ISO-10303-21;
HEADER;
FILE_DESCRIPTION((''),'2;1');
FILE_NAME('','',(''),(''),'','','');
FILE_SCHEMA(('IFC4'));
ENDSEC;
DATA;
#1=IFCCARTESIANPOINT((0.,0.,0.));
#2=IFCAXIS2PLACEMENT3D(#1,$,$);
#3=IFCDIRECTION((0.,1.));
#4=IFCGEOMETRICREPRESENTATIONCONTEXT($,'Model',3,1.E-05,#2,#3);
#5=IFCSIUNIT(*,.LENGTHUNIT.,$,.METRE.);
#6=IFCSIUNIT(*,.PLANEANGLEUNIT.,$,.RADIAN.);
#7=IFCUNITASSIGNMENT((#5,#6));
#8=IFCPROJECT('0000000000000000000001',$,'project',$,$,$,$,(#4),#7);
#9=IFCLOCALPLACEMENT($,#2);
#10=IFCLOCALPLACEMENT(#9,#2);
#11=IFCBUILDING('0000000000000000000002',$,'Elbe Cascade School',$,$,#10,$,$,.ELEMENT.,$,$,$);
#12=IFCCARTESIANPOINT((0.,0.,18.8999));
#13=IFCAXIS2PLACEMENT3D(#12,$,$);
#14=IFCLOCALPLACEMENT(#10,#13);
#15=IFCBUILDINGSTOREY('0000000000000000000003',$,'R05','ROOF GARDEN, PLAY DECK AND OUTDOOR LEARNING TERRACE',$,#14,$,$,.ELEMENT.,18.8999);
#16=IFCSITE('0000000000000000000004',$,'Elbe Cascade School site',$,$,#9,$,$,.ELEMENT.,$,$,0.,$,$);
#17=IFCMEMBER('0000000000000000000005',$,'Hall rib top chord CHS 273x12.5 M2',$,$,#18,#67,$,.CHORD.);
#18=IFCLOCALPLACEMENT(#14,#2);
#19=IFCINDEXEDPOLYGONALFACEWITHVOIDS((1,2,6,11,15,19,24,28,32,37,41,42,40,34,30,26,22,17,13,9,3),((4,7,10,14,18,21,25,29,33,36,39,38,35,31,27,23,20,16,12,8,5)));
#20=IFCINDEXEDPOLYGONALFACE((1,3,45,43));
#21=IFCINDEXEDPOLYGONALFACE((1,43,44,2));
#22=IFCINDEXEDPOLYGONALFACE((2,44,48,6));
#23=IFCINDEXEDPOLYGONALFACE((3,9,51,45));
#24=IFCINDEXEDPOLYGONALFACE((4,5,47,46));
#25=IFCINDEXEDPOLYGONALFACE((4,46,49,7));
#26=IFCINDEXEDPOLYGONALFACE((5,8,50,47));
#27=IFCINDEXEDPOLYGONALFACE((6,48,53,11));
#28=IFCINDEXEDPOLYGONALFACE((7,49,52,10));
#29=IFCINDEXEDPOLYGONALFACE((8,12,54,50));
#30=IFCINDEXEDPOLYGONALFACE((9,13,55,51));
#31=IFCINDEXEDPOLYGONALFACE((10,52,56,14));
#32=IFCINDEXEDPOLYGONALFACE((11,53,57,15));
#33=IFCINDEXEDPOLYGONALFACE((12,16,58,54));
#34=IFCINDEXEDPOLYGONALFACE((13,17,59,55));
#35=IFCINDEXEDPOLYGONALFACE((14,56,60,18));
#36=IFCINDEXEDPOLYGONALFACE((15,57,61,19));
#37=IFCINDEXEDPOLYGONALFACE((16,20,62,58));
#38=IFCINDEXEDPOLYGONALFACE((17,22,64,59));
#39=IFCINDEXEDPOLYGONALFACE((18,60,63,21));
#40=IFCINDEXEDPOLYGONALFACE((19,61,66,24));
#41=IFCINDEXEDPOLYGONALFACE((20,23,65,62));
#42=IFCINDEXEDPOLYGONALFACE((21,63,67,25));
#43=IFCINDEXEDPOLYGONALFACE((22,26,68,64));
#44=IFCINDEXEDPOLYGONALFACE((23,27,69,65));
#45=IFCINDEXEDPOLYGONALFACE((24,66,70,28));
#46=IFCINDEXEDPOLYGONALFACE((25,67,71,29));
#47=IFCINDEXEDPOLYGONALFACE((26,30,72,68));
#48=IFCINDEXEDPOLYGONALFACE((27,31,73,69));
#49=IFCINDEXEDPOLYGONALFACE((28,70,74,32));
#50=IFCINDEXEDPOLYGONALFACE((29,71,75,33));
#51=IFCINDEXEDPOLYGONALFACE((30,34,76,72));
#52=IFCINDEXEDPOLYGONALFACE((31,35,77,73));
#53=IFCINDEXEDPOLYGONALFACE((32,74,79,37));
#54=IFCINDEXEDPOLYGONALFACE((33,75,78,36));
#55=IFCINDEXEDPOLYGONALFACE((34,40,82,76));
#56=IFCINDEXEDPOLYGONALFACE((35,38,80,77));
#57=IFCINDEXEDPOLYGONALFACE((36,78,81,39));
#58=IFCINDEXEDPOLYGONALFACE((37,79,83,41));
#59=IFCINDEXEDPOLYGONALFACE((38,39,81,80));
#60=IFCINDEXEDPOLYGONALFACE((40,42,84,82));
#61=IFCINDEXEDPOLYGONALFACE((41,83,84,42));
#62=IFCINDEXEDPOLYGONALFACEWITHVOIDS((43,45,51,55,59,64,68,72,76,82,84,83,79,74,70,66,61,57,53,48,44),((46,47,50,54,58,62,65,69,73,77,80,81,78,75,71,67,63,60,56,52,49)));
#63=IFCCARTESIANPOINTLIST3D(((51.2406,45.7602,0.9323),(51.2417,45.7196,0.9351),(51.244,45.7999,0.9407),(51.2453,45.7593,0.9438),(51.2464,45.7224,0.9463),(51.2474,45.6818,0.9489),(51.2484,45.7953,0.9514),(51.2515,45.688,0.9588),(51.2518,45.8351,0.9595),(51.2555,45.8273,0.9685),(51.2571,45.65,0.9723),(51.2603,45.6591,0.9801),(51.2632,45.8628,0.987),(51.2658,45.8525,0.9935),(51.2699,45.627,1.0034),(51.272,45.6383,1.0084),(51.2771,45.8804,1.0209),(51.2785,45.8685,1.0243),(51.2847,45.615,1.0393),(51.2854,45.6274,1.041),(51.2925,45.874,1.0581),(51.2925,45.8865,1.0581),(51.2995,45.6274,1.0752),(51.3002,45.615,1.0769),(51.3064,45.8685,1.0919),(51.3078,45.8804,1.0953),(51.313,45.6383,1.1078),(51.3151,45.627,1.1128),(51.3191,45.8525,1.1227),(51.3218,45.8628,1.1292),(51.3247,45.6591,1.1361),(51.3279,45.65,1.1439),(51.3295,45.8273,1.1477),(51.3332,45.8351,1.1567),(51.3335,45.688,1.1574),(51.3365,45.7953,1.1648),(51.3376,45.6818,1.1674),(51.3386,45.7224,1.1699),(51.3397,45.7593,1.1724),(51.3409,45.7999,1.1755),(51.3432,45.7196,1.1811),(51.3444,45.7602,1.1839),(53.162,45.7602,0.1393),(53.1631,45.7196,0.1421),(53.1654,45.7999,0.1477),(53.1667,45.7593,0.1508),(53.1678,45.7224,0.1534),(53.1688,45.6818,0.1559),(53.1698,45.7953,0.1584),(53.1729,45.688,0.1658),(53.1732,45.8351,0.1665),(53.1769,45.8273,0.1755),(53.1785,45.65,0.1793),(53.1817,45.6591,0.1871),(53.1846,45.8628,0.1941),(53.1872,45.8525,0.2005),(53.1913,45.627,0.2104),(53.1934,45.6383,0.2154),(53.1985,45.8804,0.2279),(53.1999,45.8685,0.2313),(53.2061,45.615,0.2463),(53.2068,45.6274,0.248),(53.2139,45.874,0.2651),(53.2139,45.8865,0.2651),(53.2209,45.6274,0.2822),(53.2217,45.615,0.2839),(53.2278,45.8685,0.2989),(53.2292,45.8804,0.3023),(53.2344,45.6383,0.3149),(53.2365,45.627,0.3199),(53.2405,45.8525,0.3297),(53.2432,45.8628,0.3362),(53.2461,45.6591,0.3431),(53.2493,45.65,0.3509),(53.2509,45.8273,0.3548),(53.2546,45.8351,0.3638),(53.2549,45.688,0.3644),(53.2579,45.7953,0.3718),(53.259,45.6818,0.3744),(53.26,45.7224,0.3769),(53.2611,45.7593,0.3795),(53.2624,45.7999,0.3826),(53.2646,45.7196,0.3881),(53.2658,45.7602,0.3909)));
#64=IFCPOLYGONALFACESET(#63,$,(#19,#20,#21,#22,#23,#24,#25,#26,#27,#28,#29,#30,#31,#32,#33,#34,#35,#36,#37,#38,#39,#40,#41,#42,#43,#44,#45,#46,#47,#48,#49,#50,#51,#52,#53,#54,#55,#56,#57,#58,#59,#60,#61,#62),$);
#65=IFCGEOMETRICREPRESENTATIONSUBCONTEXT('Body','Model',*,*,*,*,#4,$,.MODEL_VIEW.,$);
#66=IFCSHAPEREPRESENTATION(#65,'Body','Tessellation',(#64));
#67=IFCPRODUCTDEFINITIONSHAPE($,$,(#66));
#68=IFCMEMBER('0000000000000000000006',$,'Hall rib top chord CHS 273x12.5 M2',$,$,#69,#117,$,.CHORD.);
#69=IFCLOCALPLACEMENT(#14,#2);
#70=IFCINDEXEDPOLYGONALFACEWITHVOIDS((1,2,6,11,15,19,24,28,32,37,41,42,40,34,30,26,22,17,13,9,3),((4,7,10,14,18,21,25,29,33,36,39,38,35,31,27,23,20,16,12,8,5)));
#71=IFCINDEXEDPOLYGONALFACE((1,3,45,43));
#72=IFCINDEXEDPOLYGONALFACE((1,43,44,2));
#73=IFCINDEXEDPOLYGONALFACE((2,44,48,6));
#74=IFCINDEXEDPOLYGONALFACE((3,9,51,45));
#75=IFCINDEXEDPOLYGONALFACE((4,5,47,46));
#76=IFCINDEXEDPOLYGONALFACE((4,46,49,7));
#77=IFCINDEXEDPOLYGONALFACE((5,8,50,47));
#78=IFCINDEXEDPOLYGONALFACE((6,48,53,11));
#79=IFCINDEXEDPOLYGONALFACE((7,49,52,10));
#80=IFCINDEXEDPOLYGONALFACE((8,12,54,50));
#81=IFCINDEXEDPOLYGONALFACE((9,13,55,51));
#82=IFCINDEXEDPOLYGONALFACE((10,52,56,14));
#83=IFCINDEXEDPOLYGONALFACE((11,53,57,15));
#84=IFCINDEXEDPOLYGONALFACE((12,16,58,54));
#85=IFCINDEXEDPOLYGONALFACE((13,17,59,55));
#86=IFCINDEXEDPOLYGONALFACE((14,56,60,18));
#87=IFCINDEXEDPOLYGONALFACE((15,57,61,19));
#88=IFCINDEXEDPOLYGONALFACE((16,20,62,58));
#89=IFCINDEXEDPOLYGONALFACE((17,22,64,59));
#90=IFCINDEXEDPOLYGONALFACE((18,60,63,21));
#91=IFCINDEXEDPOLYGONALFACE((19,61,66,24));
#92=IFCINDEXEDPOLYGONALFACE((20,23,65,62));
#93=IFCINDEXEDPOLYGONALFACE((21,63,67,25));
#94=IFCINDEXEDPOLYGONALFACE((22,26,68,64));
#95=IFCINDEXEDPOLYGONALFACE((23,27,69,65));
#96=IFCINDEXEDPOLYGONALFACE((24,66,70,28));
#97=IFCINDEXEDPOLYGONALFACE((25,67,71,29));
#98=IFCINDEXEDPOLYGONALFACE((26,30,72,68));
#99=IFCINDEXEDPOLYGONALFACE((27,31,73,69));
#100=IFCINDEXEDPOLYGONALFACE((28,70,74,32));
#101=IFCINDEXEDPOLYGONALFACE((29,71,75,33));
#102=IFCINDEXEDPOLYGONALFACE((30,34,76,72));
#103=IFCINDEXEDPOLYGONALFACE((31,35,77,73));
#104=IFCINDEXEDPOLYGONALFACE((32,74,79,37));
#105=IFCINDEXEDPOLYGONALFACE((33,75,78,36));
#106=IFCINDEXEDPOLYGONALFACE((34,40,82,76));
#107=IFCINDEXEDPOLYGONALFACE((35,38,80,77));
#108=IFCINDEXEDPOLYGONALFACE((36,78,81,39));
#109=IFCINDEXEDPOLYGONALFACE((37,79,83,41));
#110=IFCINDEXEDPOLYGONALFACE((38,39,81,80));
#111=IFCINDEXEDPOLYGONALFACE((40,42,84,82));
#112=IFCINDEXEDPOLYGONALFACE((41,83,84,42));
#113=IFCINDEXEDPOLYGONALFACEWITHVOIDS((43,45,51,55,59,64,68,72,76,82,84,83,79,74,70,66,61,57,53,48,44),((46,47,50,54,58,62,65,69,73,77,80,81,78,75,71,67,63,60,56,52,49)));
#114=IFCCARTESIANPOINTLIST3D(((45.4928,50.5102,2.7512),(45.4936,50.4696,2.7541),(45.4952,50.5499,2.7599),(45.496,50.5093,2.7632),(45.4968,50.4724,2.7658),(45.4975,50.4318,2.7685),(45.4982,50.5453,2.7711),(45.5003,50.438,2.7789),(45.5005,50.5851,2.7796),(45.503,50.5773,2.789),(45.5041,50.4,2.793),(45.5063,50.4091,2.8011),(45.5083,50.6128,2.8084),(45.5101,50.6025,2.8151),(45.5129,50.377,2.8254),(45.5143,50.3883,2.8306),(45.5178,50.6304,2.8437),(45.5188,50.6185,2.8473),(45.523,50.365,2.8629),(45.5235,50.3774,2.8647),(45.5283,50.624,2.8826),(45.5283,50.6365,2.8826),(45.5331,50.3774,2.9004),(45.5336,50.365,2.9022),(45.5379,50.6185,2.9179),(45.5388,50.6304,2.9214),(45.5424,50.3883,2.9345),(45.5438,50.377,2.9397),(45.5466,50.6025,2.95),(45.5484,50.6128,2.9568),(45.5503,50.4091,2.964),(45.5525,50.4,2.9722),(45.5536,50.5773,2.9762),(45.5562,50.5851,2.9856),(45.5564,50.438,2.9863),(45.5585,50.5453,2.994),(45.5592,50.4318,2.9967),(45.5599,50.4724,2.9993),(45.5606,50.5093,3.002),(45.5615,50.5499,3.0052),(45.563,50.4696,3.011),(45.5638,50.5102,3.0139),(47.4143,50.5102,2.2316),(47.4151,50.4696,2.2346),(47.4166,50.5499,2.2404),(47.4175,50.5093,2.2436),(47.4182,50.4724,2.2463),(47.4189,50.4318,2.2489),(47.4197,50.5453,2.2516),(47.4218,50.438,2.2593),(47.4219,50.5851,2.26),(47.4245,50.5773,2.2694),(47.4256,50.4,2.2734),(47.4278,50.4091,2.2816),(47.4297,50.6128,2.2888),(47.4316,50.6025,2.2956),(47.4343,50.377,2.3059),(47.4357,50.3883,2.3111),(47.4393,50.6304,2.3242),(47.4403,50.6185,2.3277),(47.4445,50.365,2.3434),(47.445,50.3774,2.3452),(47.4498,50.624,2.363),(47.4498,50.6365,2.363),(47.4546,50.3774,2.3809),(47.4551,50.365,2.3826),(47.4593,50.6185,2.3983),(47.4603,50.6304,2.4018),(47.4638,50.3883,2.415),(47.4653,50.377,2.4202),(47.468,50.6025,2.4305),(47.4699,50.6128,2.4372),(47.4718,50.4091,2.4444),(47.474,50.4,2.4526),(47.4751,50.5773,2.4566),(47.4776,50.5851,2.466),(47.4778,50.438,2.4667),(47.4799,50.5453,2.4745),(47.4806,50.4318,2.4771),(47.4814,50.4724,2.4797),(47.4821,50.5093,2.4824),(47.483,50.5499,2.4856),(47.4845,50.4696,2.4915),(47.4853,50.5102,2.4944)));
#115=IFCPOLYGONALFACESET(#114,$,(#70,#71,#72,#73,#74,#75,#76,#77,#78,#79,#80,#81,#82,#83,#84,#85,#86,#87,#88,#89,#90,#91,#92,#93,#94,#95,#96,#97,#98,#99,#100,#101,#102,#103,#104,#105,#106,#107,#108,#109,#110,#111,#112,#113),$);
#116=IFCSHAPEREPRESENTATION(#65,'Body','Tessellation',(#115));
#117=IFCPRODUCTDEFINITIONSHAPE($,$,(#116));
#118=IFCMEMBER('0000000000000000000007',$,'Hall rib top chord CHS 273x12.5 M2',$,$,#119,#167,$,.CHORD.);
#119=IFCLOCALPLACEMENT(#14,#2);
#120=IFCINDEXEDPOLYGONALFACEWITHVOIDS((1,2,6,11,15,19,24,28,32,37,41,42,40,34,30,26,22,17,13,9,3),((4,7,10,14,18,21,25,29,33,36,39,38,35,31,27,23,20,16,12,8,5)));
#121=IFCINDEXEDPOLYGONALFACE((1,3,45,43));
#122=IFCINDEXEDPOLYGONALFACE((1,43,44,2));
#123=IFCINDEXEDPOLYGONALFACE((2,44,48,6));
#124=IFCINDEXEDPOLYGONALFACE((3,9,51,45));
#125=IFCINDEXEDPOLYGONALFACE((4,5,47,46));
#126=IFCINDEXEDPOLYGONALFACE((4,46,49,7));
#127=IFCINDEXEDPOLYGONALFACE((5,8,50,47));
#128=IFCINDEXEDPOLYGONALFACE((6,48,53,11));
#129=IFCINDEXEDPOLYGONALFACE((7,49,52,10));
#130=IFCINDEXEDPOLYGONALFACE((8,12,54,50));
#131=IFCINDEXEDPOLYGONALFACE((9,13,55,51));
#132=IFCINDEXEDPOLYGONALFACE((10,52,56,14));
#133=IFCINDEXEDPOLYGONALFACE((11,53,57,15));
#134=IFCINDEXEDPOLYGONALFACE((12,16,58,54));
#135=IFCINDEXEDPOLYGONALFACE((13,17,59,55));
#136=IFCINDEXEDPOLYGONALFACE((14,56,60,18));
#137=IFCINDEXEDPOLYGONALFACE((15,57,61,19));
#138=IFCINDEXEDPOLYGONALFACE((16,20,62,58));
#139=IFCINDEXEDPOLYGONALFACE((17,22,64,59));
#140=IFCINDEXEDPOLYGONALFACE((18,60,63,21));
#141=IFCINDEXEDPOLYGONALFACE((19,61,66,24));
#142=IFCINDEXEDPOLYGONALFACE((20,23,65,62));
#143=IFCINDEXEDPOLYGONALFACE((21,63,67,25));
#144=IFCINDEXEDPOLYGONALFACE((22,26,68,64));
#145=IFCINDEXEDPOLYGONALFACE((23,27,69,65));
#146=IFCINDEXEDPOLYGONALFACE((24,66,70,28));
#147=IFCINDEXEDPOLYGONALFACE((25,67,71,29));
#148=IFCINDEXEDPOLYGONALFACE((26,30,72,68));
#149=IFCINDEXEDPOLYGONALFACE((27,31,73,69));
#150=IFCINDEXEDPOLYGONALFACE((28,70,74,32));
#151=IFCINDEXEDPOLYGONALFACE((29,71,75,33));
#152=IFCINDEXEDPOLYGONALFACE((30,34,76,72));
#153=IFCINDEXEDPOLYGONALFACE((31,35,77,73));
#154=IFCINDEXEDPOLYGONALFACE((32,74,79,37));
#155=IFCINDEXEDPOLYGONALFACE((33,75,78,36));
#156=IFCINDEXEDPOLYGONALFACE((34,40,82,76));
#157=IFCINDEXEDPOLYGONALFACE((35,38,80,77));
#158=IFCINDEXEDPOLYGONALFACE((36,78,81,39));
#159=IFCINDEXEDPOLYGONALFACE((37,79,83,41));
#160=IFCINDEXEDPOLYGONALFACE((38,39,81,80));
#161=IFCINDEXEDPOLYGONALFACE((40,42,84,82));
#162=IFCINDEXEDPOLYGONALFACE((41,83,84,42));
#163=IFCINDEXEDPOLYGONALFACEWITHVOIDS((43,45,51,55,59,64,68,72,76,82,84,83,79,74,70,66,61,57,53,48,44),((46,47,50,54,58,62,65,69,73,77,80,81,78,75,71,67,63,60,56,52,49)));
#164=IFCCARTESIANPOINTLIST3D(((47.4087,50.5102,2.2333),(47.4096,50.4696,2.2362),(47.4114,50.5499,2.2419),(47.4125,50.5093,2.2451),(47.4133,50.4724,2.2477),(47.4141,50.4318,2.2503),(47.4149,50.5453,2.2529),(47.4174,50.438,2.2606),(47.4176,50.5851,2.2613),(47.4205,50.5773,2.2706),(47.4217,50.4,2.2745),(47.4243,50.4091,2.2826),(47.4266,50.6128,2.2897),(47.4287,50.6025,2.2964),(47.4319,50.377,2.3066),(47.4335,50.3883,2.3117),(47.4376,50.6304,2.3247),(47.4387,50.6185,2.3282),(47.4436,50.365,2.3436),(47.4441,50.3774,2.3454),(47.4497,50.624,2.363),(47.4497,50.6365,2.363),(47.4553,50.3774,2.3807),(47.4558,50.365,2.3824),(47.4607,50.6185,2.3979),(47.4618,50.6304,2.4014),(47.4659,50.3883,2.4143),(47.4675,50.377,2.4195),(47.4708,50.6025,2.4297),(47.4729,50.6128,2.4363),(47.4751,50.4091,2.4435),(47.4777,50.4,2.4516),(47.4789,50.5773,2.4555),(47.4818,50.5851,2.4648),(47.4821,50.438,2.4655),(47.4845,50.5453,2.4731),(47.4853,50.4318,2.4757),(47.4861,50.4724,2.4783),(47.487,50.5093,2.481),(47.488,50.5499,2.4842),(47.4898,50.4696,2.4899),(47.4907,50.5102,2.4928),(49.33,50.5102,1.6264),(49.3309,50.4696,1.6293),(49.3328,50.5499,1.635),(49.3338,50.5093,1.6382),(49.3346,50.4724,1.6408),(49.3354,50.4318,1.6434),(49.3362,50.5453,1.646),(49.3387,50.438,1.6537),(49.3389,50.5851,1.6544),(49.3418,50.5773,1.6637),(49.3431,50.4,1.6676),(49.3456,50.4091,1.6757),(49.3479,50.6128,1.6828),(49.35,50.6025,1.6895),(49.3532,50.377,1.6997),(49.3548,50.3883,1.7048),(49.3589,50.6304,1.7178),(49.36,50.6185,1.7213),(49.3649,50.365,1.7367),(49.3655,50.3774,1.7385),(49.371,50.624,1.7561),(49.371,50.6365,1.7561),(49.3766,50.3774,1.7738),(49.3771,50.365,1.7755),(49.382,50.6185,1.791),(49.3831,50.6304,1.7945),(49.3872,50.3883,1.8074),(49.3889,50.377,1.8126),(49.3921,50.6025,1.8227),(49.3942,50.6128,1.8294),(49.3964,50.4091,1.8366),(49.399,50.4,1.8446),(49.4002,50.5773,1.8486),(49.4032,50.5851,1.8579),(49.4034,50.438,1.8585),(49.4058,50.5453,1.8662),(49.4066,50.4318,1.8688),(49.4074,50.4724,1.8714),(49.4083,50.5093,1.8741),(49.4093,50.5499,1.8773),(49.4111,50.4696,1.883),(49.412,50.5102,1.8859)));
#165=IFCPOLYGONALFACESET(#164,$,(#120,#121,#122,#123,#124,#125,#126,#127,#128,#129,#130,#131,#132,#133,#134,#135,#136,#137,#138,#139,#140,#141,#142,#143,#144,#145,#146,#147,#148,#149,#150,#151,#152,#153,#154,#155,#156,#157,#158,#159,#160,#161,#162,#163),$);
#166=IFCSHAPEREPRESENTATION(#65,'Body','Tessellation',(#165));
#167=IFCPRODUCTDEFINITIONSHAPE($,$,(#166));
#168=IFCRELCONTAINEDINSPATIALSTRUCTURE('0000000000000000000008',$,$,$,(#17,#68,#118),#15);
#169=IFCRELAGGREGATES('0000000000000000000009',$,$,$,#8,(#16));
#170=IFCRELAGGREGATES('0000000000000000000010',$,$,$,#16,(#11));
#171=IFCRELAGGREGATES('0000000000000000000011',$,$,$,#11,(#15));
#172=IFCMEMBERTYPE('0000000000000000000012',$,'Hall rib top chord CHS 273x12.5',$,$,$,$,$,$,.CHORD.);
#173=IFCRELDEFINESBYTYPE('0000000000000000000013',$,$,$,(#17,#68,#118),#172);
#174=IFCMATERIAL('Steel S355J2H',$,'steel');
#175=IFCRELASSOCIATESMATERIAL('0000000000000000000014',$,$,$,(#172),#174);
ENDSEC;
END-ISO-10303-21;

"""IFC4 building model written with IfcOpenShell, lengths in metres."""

from ifc_helpers import new_model, si_unit, direction, frame, origin, origin_2d, place, context, subcontext, project, spatial, hollow_circle, extrude, material, material_profile, profile_set, type_object, element, save


model = new_model("IFC4")

# Units and contexts
model_context = context("Model", 3, precision=1e-05, world=origin(), true_north=direction((0.0, 1.0)))
body_context = subcontext(model_context, "Body", "Model", "MODEL_VIEW")
ifc_project = project(units=[si_unit("LENGTHUNIT", "METRE"), si_unit("PLANEANGLEUNIT", "RADIAN")], contexts=[model_context])

# Site, building, storey
site_placement = place(None, origin())
site = spatial("IfcSite", under=ifc_project, at=site_placement, Name="Elbe Cascade School site", CompositionType="ELEMENT", RefElevation=0.0)
building_placement = place(site_placement, origin())
building = spatial("IfcBuilding", under=site, at=building_placement, Name="Elbe Cascade School", CompositionType="ELEMENT")
storey_placement = place(building_placement, frame((0.0, 0.0, 18.8999)))
storey = spatial("IfcBuildingStorey", under=building, at=storey_placement, Name="R05", Description="ROOF GARDEN, PLAY DECK AND OUTDOOR LEARNING TERRACE", CompositionType="ELEMENT", Elevation=18.8999)

# Members
ifc_material_1 = material(Name="Steel S355J2H", Category="steel")
ifc_material_profile_1 = material_profile(ifc_material_1, hollow_circle(Radius=0.1365, WallThickness=0.0125, at=origin_2d()), Name="CHS 273x12.5")
ifc_profile_set_1 = profile_set([ifc_material_profile_1], Name="Steel S355J2H")
member_type_1 = type_object("IfcMemberType", Name="Hall rib top chord CHS 273x12.5", PredefinedType="CHORD", material=ifc_profile_set_1)
member_1_placement = place(storey_placement, frame((51.2925, 45.75, 1.0581), z_axis=(0.924371, 0.0, -0.381494), x_axis=(0.0, 1.0, 0.0)))
element("IfcMember", 1, at=member_1_placement, inside=storey, type_object=member_type_1, Name="Hall rib top chord CHS 273x12.5 M2", PredefinedType="CHORD", context=body_context, shape_type="SweptSolid", body=[
    extrude(hollow_circle(Radius=0.1365, WallThickness=0.0125, at=origin_2d()), origin(), (0.0, 0.0, 1.0), 2.0786),
])
member_2_placement = place(storey_placement, frame((45.5283, 50.5, 2.8826), z_axis=(0.965333, 0.0, -0.26102), x_axis=(0.0, 1.0, 0.0)))
element("IfcMember", 2, at=member_2_placement, inside=storey, type_object=member_type_1, Name="Hall rib top chord CHS 273x12.5 M2", PredefinedType="CHORD", context=body_context, shape_type="SweptSolid", body=[
    extrude(hollow_circle(Radius=0.1365, WallThickness=0.0125, at=origin_2d()), origin(), (0.0, 0.0, 1.0), 1.9905),
])
member_3_placement = place(storey_placement, frame((47.4497, 50.5, 2.363), z_axis=(0.953557, 0.0, -0.301213), x_axis=(0.0, 1.0, 0.0)))
element("IfcMember", 3, at=member_3_placement, inside=storey, type_object=member_type_1, Name="Hall rib top chord CHS 273x12.5 M2", PredefinedType="CHORD", context=body_context, shape_type="SweptSolid", body=[
    extrude(hollow_circle(Radius=0.1365, WallThickness=0.0125, at=origin_2d()), origin(), (0.0, 0.0, 1.0), 2.0149),
])

save(model, "model.ifc")
